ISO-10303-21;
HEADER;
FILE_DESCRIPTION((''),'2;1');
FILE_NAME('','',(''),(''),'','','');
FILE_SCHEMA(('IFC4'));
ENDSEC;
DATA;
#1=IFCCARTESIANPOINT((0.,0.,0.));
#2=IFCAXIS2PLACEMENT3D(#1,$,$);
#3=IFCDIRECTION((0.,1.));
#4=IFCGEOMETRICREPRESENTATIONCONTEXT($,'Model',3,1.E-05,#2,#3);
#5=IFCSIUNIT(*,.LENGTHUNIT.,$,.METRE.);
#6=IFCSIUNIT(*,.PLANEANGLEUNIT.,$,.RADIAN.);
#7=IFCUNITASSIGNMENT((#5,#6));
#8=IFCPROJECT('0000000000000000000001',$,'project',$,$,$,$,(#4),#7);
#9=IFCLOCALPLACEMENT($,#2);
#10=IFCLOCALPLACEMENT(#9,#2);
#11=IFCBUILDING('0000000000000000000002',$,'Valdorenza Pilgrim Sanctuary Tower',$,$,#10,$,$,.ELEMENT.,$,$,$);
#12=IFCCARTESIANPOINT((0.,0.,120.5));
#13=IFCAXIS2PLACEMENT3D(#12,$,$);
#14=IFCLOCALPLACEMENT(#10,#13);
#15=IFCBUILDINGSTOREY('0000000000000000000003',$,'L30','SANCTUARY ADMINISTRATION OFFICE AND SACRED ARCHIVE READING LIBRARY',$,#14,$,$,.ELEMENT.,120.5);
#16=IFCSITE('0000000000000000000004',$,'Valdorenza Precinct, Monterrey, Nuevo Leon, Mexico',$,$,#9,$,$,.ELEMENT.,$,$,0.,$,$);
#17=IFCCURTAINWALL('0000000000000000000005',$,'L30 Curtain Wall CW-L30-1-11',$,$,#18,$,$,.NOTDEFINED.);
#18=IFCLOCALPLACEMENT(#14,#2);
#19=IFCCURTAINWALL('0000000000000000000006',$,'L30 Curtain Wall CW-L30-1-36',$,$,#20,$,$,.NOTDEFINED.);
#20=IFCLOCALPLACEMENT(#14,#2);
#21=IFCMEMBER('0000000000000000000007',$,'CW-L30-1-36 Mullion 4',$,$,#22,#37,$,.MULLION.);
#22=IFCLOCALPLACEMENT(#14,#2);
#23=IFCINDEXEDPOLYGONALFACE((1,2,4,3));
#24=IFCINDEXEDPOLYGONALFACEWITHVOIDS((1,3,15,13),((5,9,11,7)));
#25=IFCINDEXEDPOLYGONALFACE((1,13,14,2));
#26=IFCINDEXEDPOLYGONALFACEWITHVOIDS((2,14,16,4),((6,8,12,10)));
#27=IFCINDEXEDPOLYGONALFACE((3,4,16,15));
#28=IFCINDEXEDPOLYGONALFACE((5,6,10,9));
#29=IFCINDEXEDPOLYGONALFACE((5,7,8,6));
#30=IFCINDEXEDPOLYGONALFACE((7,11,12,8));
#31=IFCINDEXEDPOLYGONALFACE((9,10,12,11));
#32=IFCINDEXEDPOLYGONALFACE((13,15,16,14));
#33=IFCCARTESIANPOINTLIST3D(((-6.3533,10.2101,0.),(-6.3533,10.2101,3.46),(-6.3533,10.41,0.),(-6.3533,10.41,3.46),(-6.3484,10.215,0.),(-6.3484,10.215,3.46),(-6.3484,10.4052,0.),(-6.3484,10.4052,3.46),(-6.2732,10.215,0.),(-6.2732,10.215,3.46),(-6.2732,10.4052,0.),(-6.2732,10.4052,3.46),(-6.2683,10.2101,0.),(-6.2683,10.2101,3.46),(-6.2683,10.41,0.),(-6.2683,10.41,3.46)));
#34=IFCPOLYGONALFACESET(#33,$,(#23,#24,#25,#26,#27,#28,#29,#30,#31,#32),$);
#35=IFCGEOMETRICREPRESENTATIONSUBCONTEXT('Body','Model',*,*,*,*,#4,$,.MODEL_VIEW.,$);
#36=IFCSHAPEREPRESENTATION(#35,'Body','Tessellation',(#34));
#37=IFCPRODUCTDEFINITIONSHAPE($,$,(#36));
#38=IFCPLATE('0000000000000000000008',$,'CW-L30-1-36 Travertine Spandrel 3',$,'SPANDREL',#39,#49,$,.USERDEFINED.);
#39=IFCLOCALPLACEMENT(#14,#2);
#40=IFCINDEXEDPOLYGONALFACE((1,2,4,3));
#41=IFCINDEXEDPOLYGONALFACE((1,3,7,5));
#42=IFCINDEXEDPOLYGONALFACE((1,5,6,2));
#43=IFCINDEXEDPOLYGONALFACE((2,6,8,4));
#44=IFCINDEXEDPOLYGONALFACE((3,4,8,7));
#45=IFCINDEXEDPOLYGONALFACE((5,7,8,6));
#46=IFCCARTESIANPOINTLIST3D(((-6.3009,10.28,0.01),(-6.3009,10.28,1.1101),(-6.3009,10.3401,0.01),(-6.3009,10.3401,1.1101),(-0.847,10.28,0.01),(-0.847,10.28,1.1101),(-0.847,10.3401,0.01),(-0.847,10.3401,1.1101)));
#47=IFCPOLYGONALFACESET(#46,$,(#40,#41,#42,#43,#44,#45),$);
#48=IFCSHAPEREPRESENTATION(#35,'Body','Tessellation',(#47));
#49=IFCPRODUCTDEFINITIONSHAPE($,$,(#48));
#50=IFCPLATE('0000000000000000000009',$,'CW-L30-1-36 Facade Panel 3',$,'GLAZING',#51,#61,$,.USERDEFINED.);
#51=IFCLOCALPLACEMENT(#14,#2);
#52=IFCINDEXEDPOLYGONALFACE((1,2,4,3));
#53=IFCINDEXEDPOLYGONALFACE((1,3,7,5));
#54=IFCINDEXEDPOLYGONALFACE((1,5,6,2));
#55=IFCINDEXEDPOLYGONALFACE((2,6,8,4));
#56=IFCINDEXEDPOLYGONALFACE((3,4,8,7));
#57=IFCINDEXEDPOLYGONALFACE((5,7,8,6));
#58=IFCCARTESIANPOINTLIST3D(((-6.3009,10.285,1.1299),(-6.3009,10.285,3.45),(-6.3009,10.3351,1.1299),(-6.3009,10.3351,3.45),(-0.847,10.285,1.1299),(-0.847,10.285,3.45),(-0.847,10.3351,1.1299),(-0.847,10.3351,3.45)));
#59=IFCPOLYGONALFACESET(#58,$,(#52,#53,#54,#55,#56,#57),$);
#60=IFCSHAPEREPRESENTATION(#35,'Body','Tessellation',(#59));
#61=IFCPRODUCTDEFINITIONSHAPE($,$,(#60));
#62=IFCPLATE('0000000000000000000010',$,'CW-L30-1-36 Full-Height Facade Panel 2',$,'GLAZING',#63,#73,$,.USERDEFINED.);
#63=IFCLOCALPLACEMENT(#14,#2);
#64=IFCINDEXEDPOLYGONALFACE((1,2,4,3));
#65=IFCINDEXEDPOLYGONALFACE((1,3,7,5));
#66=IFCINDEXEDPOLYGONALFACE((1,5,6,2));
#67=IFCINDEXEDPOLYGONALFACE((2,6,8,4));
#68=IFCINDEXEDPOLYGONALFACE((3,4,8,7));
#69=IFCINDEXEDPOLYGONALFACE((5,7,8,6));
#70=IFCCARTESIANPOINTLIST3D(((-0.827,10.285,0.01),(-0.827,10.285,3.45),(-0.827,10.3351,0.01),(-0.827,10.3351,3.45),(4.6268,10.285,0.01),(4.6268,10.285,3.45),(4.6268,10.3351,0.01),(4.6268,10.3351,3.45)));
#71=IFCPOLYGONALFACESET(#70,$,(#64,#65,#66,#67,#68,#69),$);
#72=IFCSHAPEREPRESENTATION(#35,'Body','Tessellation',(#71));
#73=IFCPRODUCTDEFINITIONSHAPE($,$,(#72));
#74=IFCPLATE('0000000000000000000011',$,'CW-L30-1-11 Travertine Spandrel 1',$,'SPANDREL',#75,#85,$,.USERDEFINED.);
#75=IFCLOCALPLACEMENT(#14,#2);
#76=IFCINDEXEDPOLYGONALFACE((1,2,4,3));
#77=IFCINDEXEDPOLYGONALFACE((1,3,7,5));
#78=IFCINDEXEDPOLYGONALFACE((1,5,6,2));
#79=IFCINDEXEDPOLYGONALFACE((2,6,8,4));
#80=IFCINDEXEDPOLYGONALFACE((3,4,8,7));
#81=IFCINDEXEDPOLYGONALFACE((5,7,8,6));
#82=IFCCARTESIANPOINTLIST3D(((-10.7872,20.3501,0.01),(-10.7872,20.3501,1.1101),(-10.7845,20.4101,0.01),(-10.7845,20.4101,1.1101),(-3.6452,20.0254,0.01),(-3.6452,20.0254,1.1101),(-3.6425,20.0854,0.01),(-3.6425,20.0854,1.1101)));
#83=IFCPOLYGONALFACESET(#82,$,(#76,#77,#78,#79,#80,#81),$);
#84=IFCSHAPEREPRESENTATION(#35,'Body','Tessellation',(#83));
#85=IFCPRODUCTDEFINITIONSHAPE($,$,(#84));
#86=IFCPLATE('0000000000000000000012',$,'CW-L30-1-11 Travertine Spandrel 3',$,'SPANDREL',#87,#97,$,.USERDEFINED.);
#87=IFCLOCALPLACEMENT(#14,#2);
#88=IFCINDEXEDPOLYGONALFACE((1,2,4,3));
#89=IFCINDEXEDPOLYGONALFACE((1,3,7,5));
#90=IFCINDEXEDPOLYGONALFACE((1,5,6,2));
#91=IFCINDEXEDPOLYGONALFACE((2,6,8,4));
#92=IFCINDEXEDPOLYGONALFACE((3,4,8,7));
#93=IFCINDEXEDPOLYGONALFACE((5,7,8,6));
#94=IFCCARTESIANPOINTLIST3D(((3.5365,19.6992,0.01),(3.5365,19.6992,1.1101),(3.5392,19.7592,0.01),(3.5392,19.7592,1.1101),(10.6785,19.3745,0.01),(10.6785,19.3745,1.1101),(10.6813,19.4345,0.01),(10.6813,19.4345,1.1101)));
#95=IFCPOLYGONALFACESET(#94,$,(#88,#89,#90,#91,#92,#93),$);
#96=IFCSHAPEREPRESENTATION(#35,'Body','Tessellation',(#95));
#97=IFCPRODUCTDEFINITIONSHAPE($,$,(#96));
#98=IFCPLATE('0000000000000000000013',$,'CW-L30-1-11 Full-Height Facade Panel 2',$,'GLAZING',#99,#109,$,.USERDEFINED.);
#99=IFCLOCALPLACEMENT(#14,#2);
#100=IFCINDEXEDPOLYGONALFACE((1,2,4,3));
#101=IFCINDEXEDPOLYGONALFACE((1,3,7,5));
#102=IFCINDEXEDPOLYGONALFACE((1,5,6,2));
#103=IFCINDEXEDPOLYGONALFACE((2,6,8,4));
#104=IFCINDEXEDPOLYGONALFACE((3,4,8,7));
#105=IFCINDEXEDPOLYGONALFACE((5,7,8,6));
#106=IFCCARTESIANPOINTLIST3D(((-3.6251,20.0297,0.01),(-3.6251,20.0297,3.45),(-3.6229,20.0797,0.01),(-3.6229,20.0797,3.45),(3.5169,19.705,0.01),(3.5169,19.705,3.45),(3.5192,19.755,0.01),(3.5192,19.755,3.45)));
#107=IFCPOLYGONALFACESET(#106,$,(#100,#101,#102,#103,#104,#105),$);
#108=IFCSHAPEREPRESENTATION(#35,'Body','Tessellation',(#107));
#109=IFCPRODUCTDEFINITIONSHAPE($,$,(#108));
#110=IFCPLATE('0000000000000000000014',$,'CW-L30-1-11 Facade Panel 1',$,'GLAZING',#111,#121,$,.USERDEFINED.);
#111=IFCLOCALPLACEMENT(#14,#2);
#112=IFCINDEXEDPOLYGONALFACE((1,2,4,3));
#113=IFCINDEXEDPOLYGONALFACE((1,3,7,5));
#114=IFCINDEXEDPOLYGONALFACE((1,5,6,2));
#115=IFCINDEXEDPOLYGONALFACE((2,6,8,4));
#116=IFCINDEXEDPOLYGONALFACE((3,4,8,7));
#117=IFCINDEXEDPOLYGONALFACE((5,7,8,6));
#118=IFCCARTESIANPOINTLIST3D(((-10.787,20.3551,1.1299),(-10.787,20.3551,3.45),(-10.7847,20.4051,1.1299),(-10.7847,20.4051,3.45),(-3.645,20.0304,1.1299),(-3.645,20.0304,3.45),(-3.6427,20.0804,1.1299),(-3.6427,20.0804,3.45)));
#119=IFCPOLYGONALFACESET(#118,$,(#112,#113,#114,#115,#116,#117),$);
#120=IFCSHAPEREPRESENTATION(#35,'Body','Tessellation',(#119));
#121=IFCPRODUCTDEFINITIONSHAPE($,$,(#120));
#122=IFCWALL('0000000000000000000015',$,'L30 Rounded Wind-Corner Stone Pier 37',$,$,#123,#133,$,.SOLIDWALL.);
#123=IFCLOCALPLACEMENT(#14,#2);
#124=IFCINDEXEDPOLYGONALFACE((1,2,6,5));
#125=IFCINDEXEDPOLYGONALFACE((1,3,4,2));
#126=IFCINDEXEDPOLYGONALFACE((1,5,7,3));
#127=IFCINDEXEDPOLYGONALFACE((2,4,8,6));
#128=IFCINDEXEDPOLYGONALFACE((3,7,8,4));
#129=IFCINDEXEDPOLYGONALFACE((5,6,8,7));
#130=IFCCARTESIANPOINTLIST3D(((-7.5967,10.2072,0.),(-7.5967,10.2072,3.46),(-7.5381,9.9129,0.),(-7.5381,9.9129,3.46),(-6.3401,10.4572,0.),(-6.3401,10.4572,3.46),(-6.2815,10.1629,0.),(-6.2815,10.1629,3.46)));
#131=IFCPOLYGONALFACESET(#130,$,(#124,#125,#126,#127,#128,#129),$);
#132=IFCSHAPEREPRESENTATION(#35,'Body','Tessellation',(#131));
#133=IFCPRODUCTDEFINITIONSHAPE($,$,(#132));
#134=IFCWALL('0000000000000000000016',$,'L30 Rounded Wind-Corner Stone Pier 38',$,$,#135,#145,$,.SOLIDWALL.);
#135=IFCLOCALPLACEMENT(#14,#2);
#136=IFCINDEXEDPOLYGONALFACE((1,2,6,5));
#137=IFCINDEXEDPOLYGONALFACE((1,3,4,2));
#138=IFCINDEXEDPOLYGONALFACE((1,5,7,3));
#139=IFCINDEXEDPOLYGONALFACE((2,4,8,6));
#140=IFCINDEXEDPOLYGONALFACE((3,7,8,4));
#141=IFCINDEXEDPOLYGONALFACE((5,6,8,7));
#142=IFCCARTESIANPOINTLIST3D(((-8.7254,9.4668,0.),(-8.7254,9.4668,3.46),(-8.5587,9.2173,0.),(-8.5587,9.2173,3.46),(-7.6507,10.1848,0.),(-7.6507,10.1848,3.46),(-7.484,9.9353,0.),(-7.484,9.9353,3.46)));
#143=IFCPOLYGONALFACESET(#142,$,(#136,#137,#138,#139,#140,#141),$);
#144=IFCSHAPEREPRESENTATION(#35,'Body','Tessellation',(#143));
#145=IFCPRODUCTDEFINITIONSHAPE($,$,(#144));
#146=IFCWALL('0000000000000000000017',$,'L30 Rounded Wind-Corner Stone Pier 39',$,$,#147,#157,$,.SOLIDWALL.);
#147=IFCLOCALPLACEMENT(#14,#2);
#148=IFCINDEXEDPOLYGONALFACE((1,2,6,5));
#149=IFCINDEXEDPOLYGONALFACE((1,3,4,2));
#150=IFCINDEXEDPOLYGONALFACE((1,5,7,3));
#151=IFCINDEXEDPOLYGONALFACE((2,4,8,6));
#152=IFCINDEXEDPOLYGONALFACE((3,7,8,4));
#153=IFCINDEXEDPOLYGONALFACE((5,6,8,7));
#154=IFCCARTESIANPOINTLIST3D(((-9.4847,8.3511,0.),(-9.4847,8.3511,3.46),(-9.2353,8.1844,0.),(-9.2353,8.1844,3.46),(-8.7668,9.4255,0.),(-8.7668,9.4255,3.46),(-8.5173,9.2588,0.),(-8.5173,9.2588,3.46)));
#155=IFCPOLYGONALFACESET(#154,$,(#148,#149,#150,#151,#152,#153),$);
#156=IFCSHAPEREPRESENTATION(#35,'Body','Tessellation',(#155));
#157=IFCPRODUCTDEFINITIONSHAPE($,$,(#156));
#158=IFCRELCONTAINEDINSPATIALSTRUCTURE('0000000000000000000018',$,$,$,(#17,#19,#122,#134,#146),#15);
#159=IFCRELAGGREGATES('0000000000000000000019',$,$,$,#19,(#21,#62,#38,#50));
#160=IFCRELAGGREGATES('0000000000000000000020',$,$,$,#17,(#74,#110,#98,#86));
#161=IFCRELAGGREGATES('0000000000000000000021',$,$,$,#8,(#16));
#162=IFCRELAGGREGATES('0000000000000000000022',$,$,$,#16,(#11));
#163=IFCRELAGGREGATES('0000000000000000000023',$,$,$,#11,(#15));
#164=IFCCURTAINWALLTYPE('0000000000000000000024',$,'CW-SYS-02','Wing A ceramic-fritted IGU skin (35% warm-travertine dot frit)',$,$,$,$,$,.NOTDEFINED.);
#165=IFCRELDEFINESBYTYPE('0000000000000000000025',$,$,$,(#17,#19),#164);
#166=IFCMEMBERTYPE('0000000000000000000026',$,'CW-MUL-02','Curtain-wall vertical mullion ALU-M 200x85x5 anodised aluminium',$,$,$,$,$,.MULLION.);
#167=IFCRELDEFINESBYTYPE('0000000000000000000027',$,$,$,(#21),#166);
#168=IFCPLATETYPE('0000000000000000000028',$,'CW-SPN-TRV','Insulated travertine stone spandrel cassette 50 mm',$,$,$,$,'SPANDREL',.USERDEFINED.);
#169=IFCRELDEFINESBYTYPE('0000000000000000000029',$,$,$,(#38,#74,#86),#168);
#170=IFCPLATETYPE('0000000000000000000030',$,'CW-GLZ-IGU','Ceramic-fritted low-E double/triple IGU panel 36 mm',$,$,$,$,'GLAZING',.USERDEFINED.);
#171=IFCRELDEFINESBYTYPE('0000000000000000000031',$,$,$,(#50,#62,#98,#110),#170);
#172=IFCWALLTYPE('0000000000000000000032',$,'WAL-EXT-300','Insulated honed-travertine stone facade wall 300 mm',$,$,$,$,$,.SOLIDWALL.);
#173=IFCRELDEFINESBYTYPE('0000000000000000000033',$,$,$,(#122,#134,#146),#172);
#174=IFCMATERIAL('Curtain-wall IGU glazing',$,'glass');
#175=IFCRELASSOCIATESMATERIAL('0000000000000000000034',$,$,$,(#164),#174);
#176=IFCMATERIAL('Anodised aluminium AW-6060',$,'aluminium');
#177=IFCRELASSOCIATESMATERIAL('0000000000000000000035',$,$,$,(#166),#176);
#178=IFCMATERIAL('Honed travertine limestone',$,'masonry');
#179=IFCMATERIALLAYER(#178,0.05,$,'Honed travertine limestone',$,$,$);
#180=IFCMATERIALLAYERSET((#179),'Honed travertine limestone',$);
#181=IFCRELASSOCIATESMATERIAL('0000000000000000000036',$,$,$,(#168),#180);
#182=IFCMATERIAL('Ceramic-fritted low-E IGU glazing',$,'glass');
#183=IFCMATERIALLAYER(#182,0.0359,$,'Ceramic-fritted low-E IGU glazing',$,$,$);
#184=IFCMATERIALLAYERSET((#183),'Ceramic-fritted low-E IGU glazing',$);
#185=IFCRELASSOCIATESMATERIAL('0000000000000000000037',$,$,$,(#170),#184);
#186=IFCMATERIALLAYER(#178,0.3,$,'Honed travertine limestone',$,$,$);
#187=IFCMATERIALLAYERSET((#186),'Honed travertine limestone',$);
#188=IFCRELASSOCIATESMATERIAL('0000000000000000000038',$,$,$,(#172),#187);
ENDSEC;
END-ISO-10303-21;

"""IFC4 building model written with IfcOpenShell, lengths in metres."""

from ifc_helpers import new_model, si_unit, direction, frame, frame_2d, origin, origin_2d, place, context, subcontext, project, spatial, rectangle, hollow_rectangle, extrude, source, transform, mapped, material, layer, layer_set, material_profile, profile_set, type_object, element, aggregate, save


model = new_model("IFC4")

# Units and contexts
model_context = context("Model", 3, precision=1e-05, world=origin(), true_north=direction((0.0, 1.0)))
body_context = subcontext(model_context, "Body", "Model", "MODEL_VIEW")
ifc_project = project(units=[si_unit("LENGTHUNIT", "METRE"), si_unit("PLANEANGLEUNIT", "RADIAN")], contexts=[model_context])

# Site, building, storey
site_placement = place(None, origin())
site = spatial("IfcSite", under=ifc_project, at=site_placement, Name="Valdorenza Precinct, Monterrey, Nuevo Leon, Mexico", CompositionType="ELEMENT", RefElevation=0.0)
building_placement = place(site_placement, origin())
building = spatial("IfcBuilding", under=site, at=building_placement, Name="Valdorenza Pilgrim Sanctuary Tower", CompositionType="ELEMENT")
storey_placement = place(building_placement, frame((0.0, 0.0, 120.5)))
storey = spatial("IfcBuildingStorey", under=building, at=storey_placement, Name="L30", Description="SANCTUARY ADMINISTRATION OFFICE AND SACRED ARCHIVE READING LIBRARY", CompositionType="ELEMENT", Elevation=120.5)

# Curtain wall
ifc_material_1 = material(Name="Curtain-wall IGU glazing", Category="glass")
curtain_wall_type = type_object("IfcCurtainWallType", Name="CW-SYS-02", Description="Wing A ceramic-fritted IGU skin (35% warm-travertine dot frit)", PredefinedType="NOTDEFINED", material=ifc_material_1)
curtain_wall_1_placement = place(storey_placement, origin())
curtain_wall_1 = element("IfcCurtainWall", 1, at=curtain_wall_1_placement, inside=storey, type_object=curtain_wall_type, Name="L30 Curtain Wall CW-L30-1-11", PredefinedType="NOTDEFINED")
ifc_material_2 = material(Name="Anodised aluminium AW-6060", Category="aluminium")
ifc_material_profile_1 = material_profile(ifc_material_2, hollow_rectangle(XDim=0.085, YDim=0.2, WallThickness=0.0049, at=origin_2d()), Name="ALU-M 200x85x5")
ifc_profile_set_1 = profile_set([ifc_material_profile_1], Name="Anodised aluminium AW-6060")
member_type = type_object("IfcMemberType", Name="CW-MUL-02", Description="Curtain-wall vertical mullion ALU-M 200x85x5 anodised aluminium", PredefinedType="MULLION", material=ifc_profile_set_1)
shared_shape_1 = source(origin(), body_context, "Body", "SweptSolid", [
    extrude(hollow_rectangle(XDim=0.085, YDim=0.2, WallThickness=0.0049, at=origin_2d()), origin(), (0.0, 0.0, 1.0), 3.46),
])

# Curtain wall, member, plates
curtain_wall_2_placement = place(storey_placement, origin())
curtain_wall_2 = element("IfcCurtainWall", 2, at=curtain_wall_2_placement, inside=storey, type_object=curtain_wall_type, Name="L30 Curtain Wall CW-L30-1-36", PredefinedType="NOTDEFINED")
member_1_placement = place(storey_placement, frame((-6.3108, 10.3101, 0.0), z_axis=(0.0, 0.0, 1.0), x_axis=(-1.0, 0.0, 0.0)))
member_1 = element("IfcMember", 3, at=member_1_placement, type_object=member_type, Name="CW-L30-1-36 Mullion 4", PredefinedType="MULLION", context=body_context, shape_type="MappedRepresentation", body=[
    mapped(shared_shape_1, transform((0.0, 0.0, 0.0), x_axis=(1.0, 0.0, 0.0), y_axis=(0.0, 1.0, 0.0), z_axis=(0.0, 0.0, 1.0), scale=1.0)),
])
ifc_material_3 = material(Name="Honed travertine limestone", Category="masonry")
ifc_layer_1 = layer(ifc_material_3, 0.05, Name="Honed travertine limestone")
ifc_layer_set_1 = layer_set([ifc_layer_1], Name="Honed travertine limestone")
plate_type_1 = type_object("IfcPlateType", Name="CW-SPN-TRV", Description="Insulated travertine stone spandrel cassette 50 mm", ElementType="SPANDREL", PredefinedType="USERDEFINED", material=ifc_layer_set_1)
shared_shape_2 = source(origin(), body_context, "Body", "SweptSolid", [
    extrude(rectangle(XDim=5.4539, YDim=0.0601, at=origin_2d()), origin(), (0.0, 0.0, 1.0), 1.1001),
])
plate_1_placement = place(storey_placement, frame((-3.574, 10.3101, 0.01), z_axis=(0.0, 0.0, 1.0), x_axis=(-1.0, 0.0, 0.0)))
plate_1 = element("IfcPlate", 4, at=plate_1_placement, type_object=plate_type_1, Name="CW-L30-1-36 Travertine Spandrel 3", ObjectType="SPANDREL", PredefinedType="USERDEFINED", context=body_context, shape_type="MappedRepresentation", body=[
    mapped(shared_shape_2, transform((0.0, 0.0, 0.0), x_axis=(1.0, 0.0, 0.0), y_axis=(0.0, 1.0, 0.0), z_axis=(0.0, 0.0, 1.0), scale=1.0)),
])
ifc_material_4 = material(Name="Ceramic-fritted low-E IGU glazing", Category="glass")
ifc_layer_2 = layer(ifc_material_4, 0.0359, Name="Ceramic-fritted low-E IGU glazing")
ifc_layer_set_2 = layer_set([ifc_layer_2], Name="Ceramic-fritted low-E IGU glazing")
plate_type_2 = type_object("IfcPlateType", Name="CW-GLZ-IGU", Description="Ceramic-fritted low-E double/triple IGU panel 36 mm", ElementType="GLAZING", PredefinedType="USERDEFINED", material=ifc_layer_set_2)
shared_shape_3 = source(origin(), body_context, "Body", "SweptSolid", [
    extrude(rectangle(XDim=5.4539, YDim=0.05, at=origin_2d()), origin(), (0.0, 0.0, 1.0), 2.3201),
])
plate_2_placement = place(storey_placement, frame((-3.574, 10.3101, 1.1299), z_axis=(0.0, 0.0, 1.0), x_axis=(-1.0, 0.0, 0.0)))
plate_2 = element("IfcPlate", 5, at=plate_2_placement, type_object=plate_type_2, Name="CW-L30-1-36 Facade Panel 3", ObjectType="GLAZING", PredefinedType="USERDEFINED", context=body_context, shape_type="MappedRepresentation", body=[
    mapped(shared_shape_3, transform((0.0, 0.0, 0.0), x_axis=(1.0, 0.0, 0.0), y_axis=(0.0, 1.0, 0.0), z_axis=(0.0, 0.0, 1.0), scale=1.0)),
])
shared_shape_4 = source(origin(), body_context, "Body", "SweptSolid", [
    extrude(rectangle(XDim=5.4539, YDim=0.05, at=origin_2d()), origin(), (0.0, 0.0, 1.0), 3.4399),
])
plate_3_placement = place(storey_placement, frame((1.8999, 10.3101, 0.01), z_axis=(0.0, 0.0, 1.0), x_axis=(-1.0, 0.0, 0.0)))
plate_3 = element("IfcPlate", 6, at=plate_3_placement, type_object=plate_type_2, Name="CW-L30-1-36 Full-Height Facade Panel 2", ObjectType="GLAZING", PredefinedType="USERDEFINED", context=body_context, shape_type="MappedRepresentation", body=[
    mapped(shared_shape_4, transform((0.0, 0.0, 0.0), x_axis=(1.0, 0.0, 0.0), y_axis=(0.0, 1.0, 0.0), z_axis=(0.0, 0.0, 1.0), scale=1.0)),
])
aggregate(curtain_wall_2, [member_1, plate_3, plate_1, plate_2])

# Plates
shared_shape_5 = source(origin(), body_context, "Body", "SweptSolid", [
    extrude(rectangle(XDim=7.1494, YDim=0.0601, at=origin_2d()), origin(), (0.0, 0.0, 1.0), 1.1001),
])
plate_4_placement = place(storey_placement, frame((-7.2148, 20.2178, 0.01), z_axis=(0.0, 0.0, 1.0), x_axis=(0.998968, -0.045415, 0.0)))
plate_4 = element("IfcPlate", 7, at=plate_4_placement, type_object=plate_type_1, Name="CW-L30-1-11 Travertine Spandrel 1", ObjectType="SPANDREL", PredefinedType="USERDEFINED", context=body_context, shape_type="MappedRepresentation", body=[
    mapped(shared_shape_5, transform((0.0, 0.0, 0.0), x_axis=(1.0, 0.0, 0.0), y_axis=(0.0, 1.0, 0.0), z_axis=(0.0, 0.0, 1.0), scale=1.0)),
])
plate_5_placement = place(storey_placement, frame((7.1089, 19.5669, 0.01), z_axis=(0.0, 0.0, 1.0), x_axis=(0.998968, -0.045415, 0.0)))
plate_5 = element("IfcPlate", 8, at=plate_5_placement, type_object=plate_type_1, Name="CW-L30-1-11 Travertine Spandrel 3", ObjectType="SPANDREL", PredefinedType="USERDEFINED", context=body_context, shape_type="MappedRepresentation", body=[
    mapped(shared_shape_5, transform((0.0, 0.0, 0.0), x_axis=(1.0, 0.0, 0.0), y_axis=(0.0, 1.0, 0.0), z_axis=(0.0, 0.0, 1.0), scale=1.0)),
])
shared_shape_6 = source(origin(), body_context, "Body", "SweptSolid", [
    extrude(rectangle(XDim=7.1494, YDim=0.05, at=origin_2d()), origin(), (0.0, 0.0, 1.0), 3.4399),
])
plate_6_placement = place(storey_placement, frame((-0.053, 19.8923, 0.01), z_axis=(0.0, 0.0, 1.0), x_axis=(0.998968, -0.045415, 0.0)))
plate_6 = element("IfcPlate", 9, at=plate_6_placement, type_object=plate_type_2, Name="CW-L30-1-11 Full-Height Facade Panel 2", ObjectType="GLAZING", PredefinedType="USERDEFINED", context=body_context, shape_type="MappedRepresentation", body=[
    mapped(shared_shape_6, transform((0.0, 0.0, 0.0), x_axis=(1.0, 0.0, 0.0), y_axis=(0.0, 1.0, 0.0), z_axis=(0.0, 0.0, 1.0), scale=1.0)),
])
shared_shape_7 = source(origin(), body_context, "Body", "SweptSolid", [
    extrude(rectangle(XDim=7.1494, YDim=0.05, at=origin_2d()), origin(), (0.0, 0.0, 1.0), 2.3201),
])
plate_7_placement = place(storey_placement, frame((-7.2148, 20.2178, 1.1299), z_axis=(0.0, 0.0, 1.0), x_axis=(0.998968, -0.045415, 0.0)))
plate_7 = element("IfcPlate", 10, at=plate_7_placement, type_object=plate_type_2, Name="CW-L30-1-11 Facade Panel 1", ObjectType="GLAZING", PredefinedType="USERDEFINED", context=body_context, shape_type="MappedRepresentation", body=[
    mapped(shared_shape_7, transform((0.0, 0.0, 0.0), x_axis=(1.0, 0.0, 0.0), y_axis=(0.0, 1.0, 0.0), z_axis=(0.0, 0.0, 1.0), scale=1.0)),
])
aggregate(curtain_wall_1, [plate_4, plate_7, plate_6, plate_5])

# Walls
ifc_layer_3 = layer(ifc_material_3, 0.3, Name="Honed travertine limestone")
ifc_layer_set_3 = layer_set([ifc_layer_3], Name="Honed travertine limestone")
wall_type = type_object("IfcWallType", Name="WAL-EXT-300", Description="Insulated honed-travertine stone facade wall 300 mm", PredefinedType="SOLIDWALL", material=ifc_layer_set_3)
wall_1_placement = place(storey_placement, frame((-6.3108, 10.3101, 0.0), z_axis=(0.0, 0.0, 1.0), x_axis=(-0.980778, -0.195127, 0.0)))
element("IfcWall", 11, at=wall_1_placement, inside=storey, type_object=wall_type, Name="L30 Rounded Wind-Corner Stone Pier 37", PredefinedType="SOLIDWALL", context=body_context, shape_type="SweptSolid", body=[
    extrude(rectangle(XDim=1.2812, YDim=0.3, at=frame_2d((0.6406, 0.0))), origin(), (0.0, 0.0, 1.0), 3.46),
])
wall_2_placement = place(storey_placement, frame((-7.5674, 10.0601, 0.0), z_axis=(0.0, 0.0, 1.0), x_axis=(-0.831498, -0.555528, 0.0)))
element("IfcWall", 12, at=wall_2_placement, inside=storey, type_object=wall_type, Name="L30 Rounded Wind-Corner Stone Pier 38", PredefinedType="SOLIDWALL", context=body_context, shape_type="SweptSolid", body=[
    extrude(rectangle(XDim=1.2925, YDim=0.3, at=frame_2d((0.6462, 0.0))), origin(), (0.0, 0.0, 1.0), 3.46),
])
wall_3_placement = place(storey_placement, frame((-8.6421, 9.342, 0.0), z_axis=(0.0, 0.0, 1.0), x_axis=(-0.555615, -0.831439, 0.0)))
element("IfcWall", 13, at=wall_3_placement, inside=storey, type_object=wall_type, Name="L30 Rounded Wind-Corner Stone Pier 39", PredefinedType="SOLIDWALL", context=body_context, shape_type="SweptSolid", body=[
    extrude(rectangle(XDim=1.2922, YDim=0.3, at=frame_2d((0.646, 0.0))), origin(), (0.0, 0.0, 1.0), 3.46),
])

save(model, "model.ifc")
